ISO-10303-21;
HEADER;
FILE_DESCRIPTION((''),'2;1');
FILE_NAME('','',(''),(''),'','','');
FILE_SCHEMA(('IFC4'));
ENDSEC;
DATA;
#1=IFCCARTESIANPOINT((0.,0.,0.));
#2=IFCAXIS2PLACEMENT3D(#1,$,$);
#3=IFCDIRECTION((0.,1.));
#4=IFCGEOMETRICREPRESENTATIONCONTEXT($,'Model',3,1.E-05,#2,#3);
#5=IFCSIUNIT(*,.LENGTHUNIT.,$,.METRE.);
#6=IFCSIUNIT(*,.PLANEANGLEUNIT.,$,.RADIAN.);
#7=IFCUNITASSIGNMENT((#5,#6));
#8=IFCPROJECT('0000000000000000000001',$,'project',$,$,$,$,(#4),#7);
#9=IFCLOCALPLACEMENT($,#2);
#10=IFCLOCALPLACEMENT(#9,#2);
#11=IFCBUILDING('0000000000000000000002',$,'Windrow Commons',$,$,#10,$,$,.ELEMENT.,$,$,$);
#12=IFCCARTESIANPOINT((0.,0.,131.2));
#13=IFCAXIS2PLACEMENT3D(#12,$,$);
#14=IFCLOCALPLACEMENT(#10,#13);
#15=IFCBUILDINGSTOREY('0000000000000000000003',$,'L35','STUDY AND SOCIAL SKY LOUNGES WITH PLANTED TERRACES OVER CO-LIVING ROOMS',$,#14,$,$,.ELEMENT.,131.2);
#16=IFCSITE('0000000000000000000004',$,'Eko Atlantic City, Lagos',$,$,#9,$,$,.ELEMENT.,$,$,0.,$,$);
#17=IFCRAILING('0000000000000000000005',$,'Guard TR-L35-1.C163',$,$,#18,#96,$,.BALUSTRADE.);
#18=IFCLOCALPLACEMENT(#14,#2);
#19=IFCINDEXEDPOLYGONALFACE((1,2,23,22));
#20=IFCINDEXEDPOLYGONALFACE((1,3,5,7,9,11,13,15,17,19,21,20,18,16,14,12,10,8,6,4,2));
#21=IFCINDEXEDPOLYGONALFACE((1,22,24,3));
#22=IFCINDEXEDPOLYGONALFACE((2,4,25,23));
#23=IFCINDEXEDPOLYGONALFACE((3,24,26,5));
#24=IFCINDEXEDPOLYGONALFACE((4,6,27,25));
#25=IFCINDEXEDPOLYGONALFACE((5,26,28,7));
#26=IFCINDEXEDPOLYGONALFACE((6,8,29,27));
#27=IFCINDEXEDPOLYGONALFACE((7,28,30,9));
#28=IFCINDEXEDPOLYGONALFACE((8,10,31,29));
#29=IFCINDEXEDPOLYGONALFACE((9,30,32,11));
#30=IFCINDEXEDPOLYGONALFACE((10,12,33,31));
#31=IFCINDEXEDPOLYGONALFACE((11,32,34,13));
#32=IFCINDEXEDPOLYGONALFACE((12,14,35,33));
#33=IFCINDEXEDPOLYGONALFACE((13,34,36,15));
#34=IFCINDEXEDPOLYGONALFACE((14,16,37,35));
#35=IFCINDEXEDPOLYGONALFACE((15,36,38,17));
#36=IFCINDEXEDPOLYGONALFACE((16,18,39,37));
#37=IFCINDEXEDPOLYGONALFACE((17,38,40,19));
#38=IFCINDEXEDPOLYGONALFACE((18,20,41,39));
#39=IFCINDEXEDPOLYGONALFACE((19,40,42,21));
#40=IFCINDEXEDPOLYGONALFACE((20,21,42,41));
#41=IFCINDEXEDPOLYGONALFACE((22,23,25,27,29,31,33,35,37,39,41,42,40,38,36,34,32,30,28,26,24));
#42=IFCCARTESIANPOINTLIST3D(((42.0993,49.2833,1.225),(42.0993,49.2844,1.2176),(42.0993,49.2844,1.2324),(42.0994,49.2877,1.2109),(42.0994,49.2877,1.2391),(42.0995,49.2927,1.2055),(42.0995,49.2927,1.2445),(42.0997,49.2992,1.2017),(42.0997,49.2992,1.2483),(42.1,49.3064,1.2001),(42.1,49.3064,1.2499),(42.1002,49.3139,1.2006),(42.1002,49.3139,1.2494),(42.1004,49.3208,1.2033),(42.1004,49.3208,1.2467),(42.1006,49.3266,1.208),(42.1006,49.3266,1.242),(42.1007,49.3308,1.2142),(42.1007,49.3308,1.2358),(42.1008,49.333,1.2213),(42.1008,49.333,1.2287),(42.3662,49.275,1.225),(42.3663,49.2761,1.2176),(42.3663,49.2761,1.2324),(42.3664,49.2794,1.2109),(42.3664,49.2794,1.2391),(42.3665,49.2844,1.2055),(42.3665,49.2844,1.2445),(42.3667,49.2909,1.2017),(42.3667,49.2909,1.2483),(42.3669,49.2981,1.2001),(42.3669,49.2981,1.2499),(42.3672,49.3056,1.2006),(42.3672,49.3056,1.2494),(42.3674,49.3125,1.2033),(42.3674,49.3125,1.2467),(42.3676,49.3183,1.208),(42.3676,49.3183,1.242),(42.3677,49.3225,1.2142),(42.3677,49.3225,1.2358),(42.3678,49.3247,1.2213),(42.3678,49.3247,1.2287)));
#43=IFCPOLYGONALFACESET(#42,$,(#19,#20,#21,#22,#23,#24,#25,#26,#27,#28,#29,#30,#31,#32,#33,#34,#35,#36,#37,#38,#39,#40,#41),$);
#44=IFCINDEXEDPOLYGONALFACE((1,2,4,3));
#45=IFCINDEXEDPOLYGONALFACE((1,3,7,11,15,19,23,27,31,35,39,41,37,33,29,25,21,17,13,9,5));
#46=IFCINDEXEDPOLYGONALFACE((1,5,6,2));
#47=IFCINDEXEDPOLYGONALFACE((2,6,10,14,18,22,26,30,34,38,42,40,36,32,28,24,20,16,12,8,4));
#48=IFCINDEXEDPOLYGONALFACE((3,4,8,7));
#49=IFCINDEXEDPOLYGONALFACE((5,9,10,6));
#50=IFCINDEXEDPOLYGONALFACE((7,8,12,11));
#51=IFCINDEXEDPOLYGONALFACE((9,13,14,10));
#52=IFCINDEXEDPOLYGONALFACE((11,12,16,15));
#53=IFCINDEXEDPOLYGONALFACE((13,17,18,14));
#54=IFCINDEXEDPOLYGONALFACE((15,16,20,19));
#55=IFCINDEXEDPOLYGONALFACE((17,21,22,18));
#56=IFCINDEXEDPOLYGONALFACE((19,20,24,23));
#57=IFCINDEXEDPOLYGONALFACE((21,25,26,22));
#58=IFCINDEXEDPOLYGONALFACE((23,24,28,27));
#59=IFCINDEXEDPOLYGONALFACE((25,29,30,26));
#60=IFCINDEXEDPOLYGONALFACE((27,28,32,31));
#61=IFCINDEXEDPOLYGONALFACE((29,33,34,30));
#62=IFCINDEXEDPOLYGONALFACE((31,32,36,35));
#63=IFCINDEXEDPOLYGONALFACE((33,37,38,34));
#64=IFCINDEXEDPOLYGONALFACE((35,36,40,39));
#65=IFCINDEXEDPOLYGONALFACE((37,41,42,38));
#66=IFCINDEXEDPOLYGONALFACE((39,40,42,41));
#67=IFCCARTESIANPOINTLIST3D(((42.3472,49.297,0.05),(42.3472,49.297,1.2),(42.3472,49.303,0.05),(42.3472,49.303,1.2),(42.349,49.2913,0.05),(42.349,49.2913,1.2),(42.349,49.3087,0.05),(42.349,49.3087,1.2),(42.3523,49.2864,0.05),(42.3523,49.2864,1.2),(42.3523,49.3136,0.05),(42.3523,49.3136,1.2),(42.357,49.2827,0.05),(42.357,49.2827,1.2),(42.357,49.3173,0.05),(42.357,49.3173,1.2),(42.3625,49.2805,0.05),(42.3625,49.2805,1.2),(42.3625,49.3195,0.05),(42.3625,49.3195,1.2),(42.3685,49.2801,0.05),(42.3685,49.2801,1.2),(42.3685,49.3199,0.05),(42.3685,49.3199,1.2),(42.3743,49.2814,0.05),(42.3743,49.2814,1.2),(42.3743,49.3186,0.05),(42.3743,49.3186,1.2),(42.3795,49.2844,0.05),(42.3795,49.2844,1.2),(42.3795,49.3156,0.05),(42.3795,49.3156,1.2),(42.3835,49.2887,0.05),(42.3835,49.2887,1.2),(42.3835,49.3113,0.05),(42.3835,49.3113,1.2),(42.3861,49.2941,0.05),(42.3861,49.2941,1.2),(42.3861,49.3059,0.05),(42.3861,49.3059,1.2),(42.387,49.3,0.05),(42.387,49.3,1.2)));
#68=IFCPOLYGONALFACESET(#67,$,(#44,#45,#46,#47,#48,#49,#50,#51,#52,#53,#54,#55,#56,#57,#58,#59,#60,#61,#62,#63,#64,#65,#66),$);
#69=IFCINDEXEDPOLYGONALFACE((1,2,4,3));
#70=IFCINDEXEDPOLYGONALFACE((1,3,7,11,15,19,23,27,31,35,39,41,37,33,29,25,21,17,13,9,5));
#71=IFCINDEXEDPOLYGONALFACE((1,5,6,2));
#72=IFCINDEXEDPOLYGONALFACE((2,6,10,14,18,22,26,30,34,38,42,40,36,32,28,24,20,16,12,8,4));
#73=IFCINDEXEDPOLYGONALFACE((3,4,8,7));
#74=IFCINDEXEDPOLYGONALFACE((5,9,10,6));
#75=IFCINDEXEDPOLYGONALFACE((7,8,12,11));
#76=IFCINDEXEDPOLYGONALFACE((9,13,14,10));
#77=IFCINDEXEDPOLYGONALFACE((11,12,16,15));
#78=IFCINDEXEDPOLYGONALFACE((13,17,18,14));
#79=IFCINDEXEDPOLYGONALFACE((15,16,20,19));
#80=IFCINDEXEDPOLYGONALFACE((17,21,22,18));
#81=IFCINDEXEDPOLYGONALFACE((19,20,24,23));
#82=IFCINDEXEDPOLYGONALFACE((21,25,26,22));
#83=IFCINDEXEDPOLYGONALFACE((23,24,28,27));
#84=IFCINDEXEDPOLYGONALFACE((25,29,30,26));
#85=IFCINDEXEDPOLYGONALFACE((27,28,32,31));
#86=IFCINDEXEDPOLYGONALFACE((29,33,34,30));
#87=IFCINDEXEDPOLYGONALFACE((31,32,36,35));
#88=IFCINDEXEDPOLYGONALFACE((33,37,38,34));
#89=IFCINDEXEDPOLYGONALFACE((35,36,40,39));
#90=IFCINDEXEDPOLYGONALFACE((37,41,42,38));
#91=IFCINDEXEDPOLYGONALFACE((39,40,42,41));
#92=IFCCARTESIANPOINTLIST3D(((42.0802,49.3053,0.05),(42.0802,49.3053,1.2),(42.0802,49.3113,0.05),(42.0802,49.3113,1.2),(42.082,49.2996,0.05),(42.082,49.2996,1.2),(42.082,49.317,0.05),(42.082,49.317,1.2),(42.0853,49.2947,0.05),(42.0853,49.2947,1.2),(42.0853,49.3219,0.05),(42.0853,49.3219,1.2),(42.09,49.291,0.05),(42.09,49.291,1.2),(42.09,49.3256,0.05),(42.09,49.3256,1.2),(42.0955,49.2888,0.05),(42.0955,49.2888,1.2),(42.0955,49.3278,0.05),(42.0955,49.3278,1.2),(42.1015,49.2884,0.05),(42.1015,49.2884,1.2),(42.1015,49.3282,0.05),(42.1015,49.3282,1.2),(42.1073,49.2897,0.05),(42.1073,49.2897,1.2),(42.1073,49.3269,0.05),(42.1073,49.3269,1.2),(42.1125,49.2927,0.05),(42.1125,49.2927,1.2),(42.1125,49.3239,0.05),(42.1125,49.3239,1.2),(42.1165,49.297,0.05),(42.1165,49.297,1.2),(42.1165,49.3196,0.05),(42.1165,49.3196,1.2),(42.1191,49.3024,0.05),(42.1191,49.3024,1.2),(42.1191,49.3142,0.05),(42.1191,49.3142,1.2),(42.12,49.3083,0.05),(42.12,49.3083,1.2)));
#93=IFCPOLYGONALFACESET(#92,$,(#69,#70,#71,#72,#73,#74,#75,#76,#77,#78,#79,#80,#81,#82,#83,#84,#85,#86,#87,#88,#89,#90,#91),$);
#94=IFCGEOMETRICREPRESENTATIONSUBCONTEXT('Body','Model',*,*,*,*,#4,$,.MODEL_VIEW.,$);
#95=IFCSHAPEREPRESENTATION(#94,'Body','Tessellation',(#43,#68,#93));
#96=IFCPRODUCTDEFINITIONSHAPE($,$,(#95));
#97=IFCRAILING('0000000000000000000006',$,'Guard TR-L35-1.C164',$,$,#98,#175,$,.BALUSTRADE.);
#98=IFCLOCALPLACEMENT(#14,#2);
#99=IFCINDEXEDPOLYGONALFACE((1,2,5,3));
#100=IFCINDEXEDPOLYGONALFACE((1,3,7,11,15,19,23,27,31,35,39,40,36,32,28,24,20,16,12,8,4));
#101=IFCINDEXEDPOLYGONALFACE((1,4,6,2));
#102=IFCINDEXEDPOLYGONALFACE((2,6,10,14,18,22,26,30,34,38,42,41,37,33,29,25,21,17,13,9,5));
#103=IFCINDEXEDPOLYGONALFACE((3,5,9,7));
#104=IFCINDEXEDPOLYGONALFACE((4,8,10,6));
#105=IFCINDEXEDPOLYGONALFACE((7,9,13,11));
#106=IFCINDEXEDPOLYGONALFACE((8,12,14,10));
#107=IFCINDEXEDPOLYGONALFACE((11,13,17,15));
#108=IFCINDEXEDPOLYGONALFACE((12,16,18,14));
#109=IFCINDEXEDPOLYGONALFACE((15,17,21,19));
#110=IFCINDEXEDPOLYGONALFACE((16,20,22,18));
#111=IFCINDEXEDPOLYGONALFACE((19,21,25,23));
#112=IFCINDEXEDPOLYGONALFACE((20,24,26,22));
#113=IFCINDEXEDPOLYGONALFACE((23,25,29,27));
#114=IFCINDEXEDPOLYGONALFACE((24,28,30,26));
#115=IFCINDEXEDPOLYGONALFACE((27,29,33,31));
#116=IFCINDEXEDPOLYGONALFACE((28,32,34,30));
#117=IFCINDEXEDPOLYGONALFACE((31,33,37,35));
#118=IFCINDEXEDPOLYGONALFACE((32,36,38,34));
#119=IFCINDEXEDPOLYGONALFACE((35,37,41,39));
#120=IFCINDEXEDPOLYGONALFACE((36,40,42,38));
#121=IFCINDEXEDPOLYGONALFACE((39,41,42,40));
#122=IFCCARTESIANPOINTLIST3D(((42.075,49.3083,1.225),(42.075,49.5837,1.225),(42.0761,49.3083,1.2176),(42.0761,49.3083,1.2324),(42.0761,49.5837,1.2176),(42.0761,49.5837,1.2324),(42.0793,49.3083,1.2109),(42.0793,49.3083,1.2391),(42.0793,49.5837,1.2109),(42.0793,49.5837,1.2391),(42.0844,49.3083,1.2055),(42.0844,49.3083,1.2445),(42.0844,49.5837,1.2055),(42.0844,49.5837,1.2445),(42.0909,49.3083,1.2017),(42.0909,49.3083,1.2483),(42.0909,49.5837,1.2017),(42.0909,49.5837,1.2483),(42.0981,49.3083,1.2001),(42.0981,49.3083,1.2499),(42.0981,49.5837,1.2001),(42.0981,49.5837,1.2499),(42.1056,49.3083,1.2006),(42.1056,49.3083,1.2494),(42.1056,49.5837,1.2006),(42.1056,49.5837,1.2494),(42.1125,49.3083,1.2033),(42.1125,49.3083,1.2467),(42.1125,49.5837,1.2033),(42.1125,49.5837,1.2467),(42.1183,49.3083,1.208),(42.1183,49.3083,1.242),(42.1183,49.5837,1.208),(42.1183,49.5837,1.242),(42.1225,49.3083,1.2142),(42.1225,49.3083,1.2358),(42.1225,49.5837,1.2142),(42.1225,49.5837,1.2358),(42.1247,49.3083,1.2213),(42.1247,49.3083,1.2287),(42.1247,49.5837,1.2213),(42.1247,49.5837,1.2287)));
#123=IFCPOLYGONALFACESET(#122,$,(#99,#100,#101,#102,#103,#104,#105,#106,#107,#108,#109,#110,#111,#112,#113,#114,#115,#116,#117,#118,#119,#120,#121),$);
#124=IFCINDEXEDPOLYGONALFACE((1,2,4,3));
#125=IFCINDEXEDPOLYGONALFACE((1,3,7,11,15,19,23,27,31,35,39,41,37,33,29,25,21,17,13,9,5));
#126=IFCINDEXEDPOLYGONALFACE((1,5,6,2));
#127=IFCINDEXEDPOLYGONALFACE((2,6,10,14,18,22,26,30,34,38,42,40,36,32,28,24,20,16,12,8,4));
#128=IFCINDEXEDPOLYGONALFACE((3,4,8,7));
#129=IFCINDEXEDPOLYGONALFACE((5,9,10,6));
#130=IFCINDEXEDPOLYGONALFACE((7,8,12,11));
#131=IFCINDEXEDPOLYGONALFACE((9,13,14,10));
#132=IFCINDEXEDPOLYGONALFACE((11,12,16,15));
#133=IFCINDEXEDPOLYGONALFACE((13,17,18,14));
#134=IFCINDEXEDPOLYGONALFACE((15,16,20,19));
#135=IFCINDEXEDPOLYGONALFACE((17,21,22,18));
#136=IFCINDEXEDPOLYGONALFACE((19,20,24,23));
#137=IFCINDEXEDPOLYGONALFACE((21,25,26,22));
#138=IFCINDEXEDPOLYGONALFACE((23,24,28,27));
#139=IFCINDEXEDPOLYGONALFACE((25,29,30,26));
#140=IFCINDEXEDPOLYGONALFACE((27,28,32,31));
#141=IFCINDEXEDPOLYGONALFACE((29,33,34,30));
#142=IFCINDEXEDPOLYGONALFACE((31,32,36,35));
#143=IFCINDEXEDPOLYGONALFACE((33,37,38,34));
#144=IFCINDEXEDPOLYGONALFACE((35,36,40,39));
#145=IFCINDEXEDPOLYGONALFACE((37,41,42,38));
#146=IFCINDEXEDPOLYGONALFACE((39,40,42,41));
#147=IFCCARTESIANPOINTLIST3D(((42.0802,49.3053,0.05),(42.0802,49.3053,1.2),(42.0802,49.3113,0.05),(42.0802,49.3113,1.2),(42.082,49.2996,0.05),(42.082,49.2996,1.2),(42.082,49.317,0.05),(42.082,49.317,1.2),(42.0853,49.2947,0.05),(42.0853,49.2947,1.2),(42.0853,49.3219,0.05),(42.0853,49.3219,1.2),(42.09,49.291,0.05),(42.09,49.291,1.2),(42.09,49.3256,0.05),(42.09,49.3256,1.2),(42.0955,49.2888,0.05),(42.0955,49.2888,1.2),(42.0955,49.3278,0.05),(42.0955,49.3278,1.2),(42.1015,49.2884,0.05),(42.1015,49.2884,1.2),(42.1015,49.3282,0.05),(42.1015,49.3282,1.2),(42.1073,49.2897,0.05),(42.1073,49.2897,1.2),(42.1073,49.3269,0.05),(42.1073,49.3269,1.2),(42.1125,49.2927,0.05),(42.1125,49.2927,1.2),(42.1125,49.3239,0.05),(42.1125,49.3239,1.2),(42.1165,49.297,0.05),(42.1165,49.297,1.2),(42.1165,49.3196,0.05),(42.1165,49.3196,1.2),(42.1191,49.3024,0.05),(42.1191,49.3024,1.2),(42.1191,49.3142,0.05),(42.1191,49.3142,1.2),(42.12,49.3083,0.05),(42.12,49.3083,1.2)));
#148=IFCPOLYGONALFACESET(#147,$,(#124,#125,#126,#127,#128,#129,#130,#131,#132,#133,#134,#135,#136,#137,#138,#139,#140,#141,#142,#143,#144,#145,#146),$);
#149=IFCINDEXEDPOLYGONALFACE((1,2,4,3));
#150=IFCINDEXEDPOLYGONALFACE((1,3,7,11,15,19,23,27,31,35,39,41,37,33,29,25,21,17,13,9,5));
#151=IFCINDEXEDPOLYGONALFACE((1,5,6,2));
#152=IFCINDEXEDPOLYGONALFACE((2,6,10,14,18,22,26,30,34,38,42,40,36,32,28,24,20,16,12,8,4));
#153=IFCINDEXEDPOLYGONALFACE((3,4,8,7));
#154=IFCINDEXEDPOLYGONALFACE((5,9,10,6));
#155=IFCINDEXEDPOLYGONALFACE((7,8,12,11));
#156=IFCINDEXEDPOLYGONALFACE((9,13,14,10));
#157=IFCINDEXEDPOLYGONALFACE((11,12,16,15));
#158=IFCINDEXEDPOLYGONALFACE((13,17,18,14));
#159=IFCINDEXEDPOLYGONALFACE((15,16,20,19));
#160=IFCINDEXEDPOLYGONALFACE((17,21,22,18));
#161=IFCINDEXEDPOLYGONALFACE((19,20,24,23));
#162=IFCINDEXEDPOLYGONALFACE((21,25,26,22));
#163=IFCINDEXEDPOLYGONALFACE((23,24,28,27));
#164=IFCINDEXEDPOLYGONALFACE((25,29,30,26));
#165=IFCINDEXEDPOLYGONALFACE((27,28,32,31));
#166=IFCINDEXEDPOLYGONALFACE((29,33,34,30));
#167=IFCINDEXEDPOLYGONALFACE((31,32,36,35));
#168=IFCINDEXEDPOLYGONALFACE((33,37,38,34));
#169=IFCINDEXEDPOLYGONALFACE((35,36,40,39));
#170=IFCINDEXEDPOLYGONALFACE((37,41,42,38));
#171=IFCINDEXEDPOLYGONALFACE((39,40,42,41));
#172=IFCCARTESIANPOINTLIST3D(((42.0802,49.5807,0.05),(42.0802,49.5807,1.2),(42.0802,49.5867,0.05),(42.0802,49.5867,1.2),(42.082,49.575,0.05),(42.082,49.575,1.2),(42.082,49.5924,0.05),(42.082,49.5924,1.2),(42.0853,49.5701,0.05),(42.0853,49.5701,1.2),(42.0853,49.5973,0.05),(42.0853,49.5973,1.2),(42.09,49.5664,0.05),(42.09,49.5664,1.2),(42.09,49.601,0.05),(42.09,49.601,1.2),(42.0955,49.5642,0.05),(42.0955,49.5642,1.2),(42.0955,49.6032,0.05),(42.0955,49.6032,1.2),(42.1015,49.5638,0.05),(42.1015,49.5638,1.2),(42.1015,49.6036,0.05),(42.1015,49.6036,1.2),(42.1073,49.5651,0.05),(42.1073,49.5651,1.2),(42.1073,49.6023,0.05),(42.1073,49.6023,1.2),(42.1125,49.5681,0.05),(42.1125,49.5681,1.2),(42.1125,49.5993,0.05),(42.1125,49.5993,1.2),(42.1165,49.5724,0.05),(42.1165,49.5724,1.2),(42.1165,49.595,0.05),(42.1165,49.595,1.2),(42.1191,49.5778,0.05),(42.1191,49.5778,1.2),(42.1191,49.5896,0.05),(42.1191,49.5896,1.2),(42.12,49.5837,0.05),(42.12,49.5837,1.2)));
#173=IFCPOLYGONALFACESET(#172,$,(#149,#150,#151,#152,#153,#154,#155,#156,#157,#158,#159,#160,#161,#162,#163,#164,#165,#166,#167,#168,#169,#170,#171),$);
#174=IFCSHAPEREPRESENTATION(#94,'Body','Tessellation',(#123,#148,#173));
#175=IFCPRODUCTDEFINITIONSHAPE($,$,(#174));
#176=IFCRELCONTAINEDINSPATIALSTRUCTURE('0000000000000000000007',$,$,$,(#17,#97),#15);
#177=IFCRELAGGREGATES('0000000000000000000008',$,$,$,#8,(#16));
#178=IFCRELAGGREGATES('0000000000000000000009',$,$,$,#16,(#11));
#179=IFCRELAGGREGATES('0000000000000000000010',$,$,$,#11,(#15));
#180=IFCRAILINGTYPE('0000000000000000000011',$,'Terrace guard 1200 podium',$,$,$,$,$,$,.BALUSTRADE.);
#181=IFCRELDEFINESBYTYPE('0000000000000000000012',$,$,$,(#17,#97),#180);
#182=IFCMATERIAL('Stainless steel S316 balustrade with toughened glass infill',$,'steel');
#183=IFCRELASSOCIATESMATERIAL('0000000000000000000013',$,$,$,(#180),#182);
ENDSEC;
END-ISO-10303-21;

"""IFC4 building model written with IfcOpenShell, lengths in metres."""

from ifc_helpers import new_model, si_unit, direction, frame, origin, origin_2d, place, context, subcontext, project, spatial, circle, extrude, material, type_object, element, save


model = new_model("IFC4")

# Units and contexts
model_context = context("Model", 3, precision=1e-05, world=origin(), true_north=direction((0.0, 1.0)))
body_context = subcontext(model_context, "Body", "Model", "MODEL_VIEW")
ifc_project = project(units=[si_unit("LENGTHUNIT", "METRE"), si_unit("PLANEANGLEUNIT", "RADIAN")], contexts=[model_context])

# Site, building, storey
site_placement = place(None, origin())
site = spatial("IfcSite", under=ifc_project, at=site_placement, Name="Eko Atlantic City, Lagos", CompositionType="ELEMENT", RefElevation=0.0)
building_placement = place(site_placement, origin())
building = spatial("IfcBuilding", under=site, at=building_placement, Name="Windrow Commons", CompositionType="ELEMENT")
storey_placement = place(building_placement, frame((0.0, 0.0, 131.2)))
storey = spatial("IfcBuildingStorey", under=building, at=storey_placement, Name="L35", Description="STUDY AND SOCIAL SKY LOUNGES WITH PLANTED TERRACES OVER CO-LIVING ROOMS", CompositionType="ELEMENT", Elevation=131.2)

# Railings
ifc_material_1 = material(Name="Stainless steel S316 balustrade with toughened glass infill", Category="steel")
railing_type = type_object("IfcRailingType", Name="Terrace guard 1200 podium", PredefinedType="BALUSTRADE", material=ifc_material_1)
railing_1_placement = place(storey_placement, frame((42.367, 49.3, 0.05)))
element("IfcRailing", 1, at=railing_1_placement, inside=storey, type_object=railing_type, Name="Guard TR-L35-1.C163", PredefinedType="BALUSTRADE", context=body_context, shape_type="SweptSolid", body=[
    extrude(circle(Radius=0.025, at=origin_2d()), frame((0.0, 0.0, 1.175), z_axis=(-0.999517, 0.031071, 0.0), x_axis=(-0.031071, -0.999517, 0.0)), (0.0, 0.0, 1.0), 0.2671),
    extrude(circle(Radius=0.02, at=origin_2d()), origin(), (0.0, 0.0, 1.0), 1.15),
    extrude(circle(Radius=0.02, at=origin_2d()), frame((-0.267, 0.0083, 0.0)), (0.0, 0.0, 1.0), 1.15),
])
railing_2_placement = place(storey_placement, frame((42.1, 49.3083, 0.05)))
element("IfcRailing", 2, at=railing_2_placement, inside=storey, type_object=railing_type, Name="Guard TR-L35-1.C164", PredefinedType="BALUSTRADE", context=body_context, shape_type="SweptSolid", body=[
    extrude(circle(Radius=0.025, at=origin_2d()), frame((0.0, 0.0, 1.175), z_axis=(0.0, 1.0, 0.0), x_axis=(-1.0, 0.0, 0.0)), (0.0, 0.0, 1.0), 0.2754),
    extrude(circle(Radius=0.02, at=origin_2d()), origin(), (0.0, 0.0, 1.0), 1.15),
    extrude(circle(Radius=0.02, at=origin_2d()), frame((0.0, 0.2754, 0.0)), (0.0, 0.0, 1.0), 1.15),
])

save(model, "model.ifc")
